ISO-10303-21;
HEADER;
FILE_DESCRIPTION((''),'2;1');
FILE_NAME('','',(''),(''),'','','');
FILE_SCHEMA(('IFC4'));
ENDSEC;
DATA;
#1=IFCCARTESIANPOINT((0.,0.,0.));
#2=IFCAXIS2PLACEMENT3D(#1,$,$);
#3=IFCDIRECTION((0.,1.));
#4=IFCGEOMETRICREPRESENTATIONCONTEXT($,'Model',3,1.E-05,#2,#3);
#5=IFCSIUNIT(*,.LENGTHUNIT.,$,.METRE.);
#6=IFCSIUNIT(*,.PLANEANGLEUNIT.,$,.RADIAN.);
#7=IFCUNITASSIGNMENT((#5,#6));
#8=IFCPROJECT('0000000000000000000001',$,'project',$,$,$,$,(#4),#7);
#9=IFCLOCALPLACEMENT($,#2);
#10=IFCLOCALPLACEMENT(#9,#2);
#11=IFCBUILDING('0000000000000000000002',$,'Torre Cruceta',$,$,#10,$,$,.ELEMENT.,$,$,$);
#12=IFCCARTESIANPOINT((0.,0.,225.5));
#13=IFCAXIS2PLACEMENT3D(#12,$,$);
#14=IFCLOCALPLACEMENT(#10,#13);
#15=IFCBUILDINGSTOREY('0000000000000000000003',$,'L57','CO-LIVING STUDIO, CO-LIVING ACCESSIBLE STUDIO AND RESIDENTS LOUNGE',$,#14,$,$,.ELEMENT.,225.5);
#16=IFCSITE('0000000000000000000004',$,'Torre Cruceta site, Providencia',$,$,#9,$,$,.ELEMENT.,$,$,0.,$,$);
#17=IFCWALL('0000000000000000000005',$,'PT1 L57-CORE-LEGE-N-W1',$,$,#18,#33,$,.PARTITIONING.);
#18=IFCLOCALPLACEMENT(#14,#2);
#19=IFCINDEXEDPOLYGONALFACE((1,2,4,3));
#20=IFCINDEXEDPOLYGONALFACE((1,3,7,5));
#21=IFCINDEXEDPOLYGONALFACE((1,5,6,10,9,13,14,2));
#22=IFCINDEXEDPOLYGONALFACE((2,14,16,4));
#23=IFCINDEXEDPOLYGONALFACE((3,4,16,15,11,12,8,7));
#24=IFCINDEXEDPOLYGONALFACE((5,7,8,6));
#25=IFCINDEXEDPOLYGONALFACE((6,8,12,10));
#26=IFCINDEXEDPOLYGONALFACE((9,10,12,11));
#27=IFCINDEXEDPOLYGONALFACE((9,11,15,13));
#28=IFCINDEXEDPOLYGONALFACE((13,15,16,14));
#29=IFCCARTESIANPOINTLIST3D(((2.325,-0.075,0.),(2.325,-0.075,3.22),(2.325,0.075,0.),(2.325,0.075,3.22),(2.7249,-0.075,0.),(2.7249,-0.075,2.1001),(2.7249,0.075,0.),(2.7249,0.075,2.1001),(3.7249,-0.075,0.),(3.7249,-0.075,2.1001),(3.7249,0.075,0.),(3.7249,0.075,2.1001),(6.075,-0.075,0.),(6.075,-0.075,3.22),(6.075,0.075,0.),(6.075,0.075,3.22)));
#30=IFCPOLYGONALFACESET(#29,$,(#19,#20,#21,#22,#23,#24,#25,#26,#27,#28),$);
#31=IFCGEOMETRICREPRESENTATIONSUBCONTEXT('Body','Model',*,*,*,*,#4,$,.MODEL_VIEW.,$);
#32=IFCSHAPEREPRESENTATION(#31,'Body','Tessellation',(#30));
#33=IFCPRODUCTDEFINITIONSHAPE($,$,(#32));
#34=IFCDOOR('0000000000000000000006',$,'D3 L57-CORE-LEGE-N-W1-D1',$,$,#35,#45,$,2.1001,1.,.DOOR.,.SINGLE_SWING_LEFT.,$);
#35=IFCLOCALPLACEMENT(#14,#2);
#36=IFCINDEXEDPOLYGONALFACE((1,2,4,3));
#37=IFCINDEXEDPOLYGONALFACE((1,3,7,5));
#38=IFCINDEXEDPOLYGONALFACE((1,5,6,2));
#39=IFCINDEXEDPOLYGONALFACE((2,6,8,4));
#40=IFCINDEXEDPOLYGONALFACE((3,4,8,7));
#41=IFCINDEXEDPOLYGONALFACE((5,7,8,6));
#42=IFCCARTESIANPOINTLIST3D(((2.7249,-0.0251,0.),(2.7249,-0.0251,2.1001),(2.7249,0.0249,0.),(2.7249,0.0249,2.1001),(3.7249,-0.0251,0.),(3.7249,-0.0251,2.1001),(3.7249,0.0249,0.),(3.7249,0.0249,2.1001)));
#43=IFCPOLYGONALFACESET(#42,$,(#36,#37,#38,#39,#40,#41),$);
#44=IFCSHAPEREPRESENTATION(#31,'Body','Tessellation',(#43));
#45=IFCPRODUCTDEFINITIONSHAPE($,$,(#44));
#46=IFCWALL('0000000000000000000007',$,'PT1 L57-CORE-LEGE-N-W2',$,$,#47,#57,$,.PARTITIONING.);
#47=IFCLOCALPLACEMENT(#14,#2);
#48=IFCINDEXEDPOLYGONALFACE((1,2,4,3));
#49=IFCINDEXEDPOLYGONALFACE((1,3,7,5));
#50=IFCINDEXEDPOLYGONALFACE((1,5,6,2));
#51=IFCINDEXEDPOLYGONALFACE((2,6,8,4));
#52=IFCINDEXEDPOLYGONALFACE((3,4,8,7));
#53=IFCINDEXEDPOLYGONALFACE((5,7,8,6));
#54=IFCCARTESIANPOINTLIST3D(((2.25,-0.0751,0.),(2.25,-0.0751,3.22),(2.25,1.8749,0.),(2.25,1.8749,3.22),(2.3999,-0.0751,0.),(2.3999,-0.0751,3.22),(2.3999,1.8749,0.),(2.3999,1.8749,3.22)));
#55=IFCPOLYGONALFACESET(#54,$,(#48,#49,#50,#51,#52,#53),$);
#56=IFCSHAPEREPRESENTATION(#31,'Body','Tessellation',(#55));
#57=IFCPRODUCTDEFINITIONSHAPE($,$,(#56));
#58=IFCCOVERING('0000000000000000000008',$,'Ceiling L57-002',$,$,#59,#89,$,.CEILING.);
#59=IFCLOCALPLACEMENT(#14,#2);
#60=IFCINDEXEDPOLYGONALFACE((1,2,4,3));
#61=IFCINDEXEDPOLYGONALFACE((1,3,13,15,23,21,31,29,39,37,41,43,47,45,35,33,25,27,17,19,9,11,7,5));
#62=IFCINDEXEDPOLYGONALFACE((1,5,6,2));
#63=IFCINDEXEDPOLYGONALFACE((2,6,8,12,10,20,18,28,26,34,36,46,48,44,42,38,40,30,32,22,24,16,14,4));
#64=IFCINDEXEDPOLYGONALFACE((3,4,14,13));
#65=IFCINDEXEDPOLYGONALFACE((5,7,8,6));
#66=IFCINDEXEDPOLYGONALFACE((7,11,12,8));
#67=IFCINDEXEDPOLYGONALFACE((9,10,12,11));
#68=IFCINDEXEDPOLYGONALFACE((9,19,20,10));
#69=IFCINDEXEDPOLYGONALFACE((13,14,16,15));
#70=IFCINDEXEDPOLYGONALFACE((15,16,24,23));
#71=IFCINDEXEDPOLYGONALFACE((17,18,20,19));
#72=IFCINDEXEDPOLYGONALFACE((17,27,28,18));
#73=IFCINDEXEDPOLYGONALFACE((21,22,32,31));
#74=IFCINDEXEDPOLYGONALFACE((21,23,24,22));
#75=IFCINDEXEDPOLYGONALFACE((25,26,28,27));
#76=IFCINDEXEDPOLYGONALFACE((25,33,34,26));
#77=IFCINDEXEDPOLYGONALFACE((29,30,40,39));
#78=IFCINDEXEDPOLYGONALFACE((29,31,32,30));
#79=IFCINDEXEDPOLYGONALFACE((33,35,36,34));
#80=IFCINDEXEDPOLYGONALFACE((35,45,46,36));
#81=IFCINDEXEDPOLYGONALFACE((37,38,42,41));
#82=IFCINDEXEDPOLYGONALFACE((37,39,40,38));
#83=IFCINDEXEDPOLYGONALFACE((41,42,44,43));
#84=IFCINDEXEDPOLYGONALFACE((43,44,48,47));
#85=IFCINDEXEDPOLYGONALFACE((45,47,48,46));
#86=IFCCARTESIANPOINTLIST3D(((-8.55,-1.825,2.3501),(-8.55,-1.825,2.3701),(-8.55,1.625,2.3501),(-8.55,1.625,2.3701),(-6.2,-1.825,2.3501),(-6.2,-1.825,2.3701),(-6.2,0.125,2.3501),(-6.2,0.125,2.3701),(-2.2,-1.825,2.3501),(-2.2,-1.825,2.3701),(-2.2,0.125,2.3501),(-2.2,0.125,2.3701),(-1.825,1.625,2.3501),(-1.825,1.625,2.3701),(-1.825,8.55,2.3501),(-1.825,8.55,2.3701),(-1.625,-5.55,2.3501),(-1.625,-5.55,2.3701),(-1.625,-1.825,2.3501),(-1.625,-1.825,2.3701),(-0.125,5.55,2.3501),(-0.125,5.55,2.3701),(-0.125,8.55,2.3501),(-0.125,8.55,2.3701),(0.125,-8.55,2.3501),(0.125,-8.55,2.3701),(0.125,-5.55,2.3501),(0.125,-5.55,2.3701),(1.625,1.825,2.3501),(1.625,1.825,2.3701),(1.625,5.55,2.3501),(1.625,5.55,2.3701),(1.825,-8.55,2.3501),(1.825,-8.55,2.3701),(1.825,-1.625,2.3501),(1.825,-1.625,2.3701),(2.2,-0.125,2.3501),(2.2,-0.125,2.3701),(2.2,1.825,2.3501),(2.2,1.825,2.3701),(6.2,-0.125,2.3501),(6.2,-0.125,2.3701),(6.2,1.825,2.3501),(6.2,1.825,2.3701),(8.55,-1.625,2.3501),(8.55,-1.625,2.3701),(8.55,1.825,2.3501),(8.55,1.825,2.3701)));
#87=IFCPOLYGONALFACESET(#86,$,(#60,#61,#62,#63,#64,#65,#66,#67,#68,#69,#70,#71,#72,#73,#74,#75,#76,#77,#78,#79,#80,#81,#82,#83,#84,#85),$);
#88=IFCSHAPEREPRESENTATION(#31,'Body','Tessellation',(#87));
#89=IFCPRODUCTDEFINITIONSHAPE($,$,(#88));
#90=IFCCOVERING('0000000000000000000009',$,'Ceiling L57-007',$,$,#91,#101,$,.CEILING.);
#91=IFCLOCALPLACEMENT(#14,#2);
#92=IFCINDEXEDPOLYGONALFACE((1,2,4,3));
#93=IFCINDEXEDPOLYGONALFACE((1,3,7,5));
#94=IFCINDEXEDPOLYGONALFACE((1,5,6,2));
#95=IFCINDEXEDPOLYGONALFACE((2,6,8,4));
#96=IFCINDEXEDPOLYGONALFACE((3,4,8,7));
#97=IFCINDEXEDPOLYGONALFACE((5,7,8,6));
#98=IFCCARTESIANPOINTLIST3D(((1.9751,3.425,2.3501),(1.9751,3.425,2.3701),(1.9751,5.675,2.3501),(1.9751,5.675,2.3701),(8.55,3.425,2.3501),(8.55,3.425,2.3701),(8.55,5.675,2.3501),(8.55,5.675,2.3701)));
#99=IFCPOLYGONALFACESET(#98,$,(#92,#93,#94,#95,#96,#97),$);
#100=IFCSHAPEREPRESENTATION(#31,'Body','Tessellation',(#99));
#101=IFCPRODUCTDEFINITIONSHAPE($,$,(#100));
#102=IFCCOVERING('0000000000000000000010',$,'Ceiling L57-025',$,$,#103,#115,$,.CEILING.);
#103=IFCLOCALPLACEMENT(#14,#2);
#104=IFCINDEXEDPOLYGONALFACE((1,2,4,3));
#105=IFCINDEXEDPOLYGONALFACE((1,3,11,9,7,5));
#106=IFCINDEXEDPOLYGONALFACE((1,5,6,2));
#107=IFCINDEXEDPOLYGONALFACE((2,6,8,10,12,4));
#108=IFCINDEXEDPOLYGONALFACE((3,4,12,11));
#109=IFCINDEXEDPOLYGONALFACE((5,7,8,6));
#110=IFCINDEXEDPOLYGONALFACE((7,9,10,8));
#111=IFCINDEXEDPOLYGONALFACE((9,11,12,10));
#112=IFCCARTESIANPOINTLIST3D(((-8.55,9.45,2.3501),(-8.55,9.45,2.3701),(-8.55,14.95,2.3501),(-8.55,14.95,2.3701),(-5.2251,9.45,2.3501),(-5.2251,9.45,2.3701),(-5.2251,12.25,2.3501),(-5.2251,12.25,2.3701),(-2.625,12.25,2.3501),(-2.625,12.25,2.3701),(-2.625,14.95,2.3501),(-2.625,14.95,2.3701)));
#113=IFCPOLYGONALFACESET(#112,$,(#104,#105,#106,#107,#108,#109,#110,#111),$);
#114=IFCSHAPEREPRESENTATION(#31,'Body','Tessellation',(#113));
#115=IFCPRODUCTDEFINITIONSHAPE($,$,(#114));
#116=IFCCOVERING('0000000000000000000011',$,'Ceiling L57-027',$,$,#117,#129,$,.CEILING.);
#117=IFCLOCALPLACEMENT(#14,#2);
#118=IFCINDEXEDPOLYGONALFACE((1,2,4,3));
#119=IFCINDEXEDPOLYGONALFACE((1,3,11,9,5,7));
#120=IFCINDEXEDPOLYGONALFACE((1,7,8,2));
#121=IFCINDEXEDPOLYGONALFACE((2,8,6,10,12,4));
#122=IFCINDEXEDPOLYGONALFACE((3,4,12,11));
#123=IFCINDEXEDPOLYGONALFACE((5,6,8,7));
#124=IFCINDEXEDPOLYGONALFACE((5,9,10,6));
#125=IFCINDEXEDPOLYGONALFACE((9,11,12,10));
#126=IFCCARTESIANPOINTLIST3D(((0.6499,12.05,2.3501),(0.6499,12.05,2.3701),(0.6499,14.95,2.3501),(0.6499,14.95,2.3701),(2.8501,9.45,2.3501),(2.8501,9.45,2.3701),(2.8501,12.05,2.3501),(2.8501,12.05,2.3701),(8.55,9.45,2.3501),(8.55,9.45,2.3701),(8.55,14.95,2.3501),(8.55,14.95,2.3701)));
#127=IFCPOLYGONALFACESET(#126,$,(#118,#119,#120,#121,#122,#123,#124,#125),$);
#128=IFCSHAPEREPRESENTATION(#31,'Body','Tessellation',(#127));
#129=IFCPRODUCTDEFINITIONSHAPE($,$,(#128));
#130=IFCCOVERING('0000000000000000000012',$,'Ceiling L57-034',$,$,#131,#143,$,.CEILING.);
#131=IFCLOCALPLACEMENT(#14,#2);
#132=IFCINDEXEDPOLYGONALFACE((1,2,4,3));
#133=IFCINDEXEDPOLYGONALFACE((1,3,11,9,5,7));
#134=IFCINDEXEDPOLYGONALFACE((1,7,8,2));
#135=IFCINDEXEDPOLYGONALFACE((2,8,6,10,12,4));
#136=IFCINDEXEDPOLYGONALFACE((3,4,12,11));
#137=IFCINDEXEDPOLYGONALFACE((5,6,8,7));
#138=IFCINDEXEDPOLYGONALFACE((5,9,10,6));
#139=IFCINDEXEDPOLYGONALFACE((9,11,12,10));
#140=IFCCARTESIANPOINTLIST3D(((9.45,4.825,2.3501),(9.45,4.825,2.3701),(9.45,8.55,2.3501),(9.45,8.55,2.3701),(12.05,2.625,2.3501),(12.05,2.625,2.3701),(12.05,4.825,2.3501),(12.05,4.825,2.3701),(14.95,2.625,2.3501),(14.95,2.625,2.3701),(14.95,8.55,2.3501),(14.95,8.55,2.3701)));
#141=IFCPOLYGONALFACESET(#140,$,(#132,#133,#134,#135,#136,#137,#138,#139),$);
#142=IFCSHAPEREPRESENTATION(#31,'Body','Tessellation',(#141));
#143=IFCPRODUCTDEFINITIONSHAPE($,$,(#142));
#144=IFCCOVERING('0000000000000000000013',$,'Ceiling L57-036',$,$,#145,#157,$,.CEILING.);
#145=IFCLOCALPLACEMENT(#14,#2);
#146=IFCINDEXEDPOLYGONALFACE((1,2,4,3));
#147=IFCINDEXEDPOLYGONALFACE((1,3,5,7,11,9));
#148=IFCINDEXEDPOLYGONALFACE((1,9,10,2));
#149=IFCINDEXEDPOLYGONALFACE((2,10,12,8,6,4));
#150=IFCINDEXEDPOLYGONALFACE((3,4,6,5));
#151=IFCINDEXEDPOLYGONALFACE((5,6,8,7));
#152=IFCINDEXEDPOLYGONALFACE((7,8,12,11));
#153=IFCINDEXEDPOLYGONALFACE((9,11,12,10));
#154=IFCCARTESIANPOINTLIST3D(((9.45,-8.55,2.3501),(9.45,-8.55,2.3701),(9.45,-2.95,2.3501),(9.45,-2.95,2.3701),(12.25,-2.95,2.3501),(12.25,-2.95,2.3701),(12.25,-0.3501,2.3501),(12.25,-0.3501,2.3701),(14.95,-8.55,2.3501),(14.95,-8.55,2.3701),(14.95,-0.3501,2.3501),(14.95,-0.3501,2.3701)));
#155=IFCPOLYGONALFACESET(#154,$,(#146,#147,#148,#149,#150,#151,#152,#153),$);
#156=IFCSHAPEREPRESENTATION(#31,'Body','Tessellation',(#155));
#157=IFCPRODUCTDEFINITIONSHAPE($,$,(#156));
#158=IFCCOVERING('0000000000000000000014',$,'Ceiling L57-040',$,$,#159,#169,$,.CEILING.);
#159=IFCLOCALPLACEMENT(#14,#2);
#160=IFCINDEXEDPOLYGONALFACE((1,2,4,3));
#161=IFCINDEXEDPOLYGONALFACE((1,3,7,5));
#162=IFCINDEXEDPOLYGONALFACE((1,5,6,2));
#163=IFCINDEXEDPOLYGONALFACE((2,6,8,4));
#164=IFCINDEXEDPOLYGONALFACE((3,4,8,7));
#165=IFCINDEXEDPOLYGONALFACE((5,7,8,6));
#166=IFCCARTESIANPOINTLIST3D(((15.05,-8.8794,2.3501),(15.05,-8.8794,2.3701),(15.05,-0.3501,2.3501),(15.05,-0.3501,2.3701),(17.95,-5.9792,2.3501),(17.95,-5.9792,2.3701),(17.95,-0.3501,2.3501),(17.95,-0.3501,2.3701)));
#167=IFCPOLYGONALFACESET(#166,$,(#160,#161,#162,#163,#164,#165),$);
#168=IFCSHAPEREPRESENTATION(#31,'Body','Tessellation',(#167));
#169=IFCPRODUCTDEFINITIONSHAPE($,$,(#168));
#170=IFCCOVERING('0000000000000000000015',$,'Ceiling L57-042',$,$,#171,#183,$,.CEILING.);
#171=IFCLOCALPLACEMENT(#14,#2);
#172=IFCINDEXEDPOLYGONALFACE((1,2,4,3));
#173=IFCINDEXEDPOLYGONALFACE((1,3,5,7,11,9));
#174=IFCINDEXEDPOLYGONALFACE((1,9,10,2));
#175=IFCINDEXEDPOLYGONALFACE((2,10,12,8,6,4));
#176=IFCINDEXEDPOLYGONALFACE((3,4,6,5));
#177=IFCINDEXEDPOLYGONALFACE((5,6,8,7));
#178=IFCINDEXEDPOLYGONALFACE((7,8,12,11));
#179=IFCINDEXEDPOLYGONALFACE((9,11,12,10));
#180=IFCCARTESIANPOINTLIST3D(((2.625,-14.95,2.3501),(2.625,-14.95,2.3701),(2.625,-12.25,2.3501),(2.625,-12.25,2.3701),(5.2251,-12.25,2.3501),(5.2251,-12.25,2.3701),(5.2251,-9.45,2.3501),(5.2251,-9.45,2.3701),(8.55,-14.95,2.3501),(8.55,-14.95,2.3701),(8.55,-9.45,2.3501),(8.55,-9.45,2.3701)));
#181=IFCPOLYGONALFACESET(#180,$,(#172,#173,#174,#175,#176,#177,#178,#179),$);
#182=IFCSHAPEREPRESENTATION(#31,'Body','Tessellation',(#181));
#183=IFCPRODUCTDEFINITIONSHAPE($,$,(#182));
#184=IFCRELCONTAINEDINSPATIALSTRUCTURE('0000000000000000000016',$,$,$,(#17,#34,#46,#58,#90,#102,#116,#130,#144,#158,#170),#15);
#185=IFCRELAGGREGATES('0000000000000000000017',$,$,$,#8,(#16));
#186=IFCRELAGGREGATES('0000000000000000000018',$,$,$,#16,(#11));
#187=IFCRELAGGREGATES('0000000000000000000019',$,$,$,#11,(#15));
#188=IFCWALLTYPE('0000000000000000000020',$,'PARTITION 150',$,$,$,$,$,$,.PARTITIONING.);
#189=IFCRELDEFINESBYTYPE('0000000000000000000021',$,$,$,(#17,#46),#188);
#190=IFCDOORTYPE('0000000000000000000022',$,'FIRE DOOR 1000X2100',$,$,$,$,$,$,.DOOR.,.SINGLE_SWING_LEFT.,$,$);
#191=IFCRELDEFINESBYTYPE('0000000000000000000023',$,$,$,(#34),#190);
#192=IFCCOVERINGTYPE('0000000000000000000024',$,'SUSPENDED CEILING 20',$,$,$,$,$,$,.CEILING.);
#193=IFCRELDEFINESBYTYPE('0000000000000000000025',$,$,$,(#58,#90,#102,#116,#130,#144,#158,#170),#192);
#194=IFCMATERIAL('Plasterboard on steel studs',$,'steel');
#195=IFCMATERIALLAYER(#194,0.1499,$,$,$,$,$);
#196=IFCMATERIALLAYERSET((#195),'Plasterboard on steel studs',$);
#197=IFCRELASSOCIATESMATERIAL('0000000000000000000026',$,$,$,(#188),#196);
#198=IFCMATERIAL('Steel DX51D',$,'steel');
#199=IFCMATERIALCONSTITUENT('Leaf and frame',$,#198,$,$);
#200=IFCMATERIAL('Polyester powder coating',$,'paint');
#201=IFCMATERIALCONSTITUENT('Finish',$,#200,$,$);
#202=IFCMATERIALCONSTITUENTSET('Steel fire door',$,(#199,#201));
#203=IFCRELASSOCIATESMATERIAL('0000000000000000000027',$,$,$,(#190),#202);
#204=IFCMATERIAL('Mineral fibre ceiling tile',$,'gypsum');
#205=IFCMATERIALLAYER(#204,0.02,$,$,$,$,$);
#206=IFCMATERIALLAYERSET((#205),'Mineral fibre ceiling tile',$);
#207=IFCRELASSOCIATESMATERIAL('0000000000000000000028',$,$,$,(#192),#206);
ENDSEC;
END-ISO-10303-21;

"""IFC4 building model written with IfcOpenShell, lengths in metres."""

from ifc_helpers import new_model, si_unit, direction, frame, frame_2d, origin, place, context, subcontext, project, spatial, polyline, rectangle, outline, extrude, material, layer, layer_set, constituent, constituent_set, type_object, element, fill, save


model = new_model("IFC4")

# Units and contexts
model_context = context("Model", 3, precision=1e-05, world=origin(), true_north=direction((0.0, 1.0)))
body_context = subcontext(model_context, "Body", "Model", "MODEL_VIEW")
ifc_project = project(units=[si_unit("LENGTHUNIT", "METRE"), si_unit("PLANEANGLEUNIT", "RADIAN")], contexts=[model_context])

# Site, building, storey
site_placement = place(None, origin())
site = spatial("IfcSite", under=ifc_project, at=site_placement, Name="Torre Cruceta site, Providencia", CompositionType="ELEMENT", RefElevation=0.0)
building_placement = place(site_placement, origin())
building = spatial("IfcBuilding", under=site, at=building_placement, Name="Torre Cruceta", CompositionType="ELEMENT")
storey_placement = place(building_placement, frame((0.0, 0.0, 225.5)))
storey = spatial("IfcBuildingStorey", under=building, at=storey_placement, Name="L57", Description="CO-LIVING STUDIO, CO-LIVING ACCESSIBLE STUDIO AND RESIDENTS LOUNGE", CompositionType="ELEMENT", Elevation=225.5)

# Wall, opening, door
ifc_material_1 = material(Name="Plasterboard on steel studs", Category="steel")
ifc_layer_1 = layer(ifc_material_1, 0.1499)
ifc_layer_set_1 = layer_set([ifc_layer_1], Name="Plasterboard on steel studs")
wall_type_1 = type_object("IfcWallType", Name="PARTITION 150", PredefinedType="PARTITIONING", material=ifc_layer_set_1)
wall_1_placement = place(storey_placement, frame((2.325, 0.0, 0.0), z_axis=(0.0, 0.0, 1.0), x_axis=(1.0, 0.0, 0.0)))
wall_1 = element("IfcWall", 1, at=wall_1_placement, inside=storey, type_object=wall_type_1, Name="PT1 L57-CORE-LEGE-N-W1", PredefinedType="PARTITIONING", context=body_context, shape_type="SweptSolid", body=[
    extrude(rectangle(XDim=3.75, YDim=0.1499, at=frame_2d((1.875, 0.0))), origin(), (0.0, 0.0, 1.0), 3.22),
])
opening_1_placement = place(wall_1_placement, frame((0.3999, 0.0, 0.0)))
opening_1 = element("IfcOpeningElement", 2, at=opening_1_placement, cuts=wall_1, PredefinedType="OPENING", context=body_context, shape_type="SweptSolid", body=[
    extrude(rectangle(XDim=1.0, YDim=2.1001, at=frame_2d((0.5, 1.05))), frame((0.0, 0.085, 0.0), z_axis=(0.0, -1.0, 0.0), x_axis=(1.0, 0.0, 0.0)), (0.0, 0.0, 1.0), 0.1699),
])
ifc_material_2 = material(Name="Steel DX51D", Category="steel")
ifc_constituent_1 = constituent(ifc_material_2, Name="Leaf and frame")
ifc_material_3 = material(Name="Polyester powder coating", Category="paint")
ifc_constituent_2 = constituent(ifc_material_3, Name="Finish")
ifc_constituent_set_1 = constituent_set(constituents=[ifc_constituent_1, ifc_constituent_2], Name="Steel fire door")
door_type_1 = type_object("IfcDoorType", Name="FIRE DOOR 1000X2100", OperationType="SINGLE_SWING_LEFT", PredefinedType="DOOR", material=ifc_constituent_set_1)
door_1_placement = place(opening_1_placement, origin())
door_1 = element("IfcDoor", 3, at=door_1_placement, inside=storey, type_object=door_type_1, Name="D3 L57-CORE-LEGE-N-W1-D1", OperationType="SINGLE_SWING_LEFT", OverallHeight=2.1001, OverallWidth=1.0, PredefinedType="DOOR", context=body_context, shape_type="SweptSolid", body=[
    extrude(rectangle(XDim=1.0, YDim=2.1001, at=frame_2d((0.5, 1.05))), frame((0.0, 0.0249, 0.0), z_axis=(0.0, -1.0, 0.0), x_axis=(1.0, 0.0, 0.0)), (0.0, 0.0, 1.0), 0.05),
])
fill(opening_1, door_1)

# Wall
wall_2_placement = place(storey_placement, frame((2.325, 1.875, 0.0), z_axis=(0.0, 0.0, 1.0), x_axis=(0.0, -1.0, 0.0)))
element("IfcWall", 4, at=wall_2_placement, inside=storey, type_object=wall_type_1, Name="PT1 L57-CORE-LEGE-N-W2", PredefinedType="PARTITIONING", context=body_context, shape_type="SweptSolid", body=[
    extrude(rectangle(XDim=1.95, YDim=0.1499, at=frame_2d((0.9751, 0.0))), origin(), (0.0, 0.0, 1.0), 3.22),
])

# Coverings
ifc_material_4 = material(Name="Mineral fibre ceiling tile", Category="gypsum")
ifc_layer_2 = layer(ifc_material_4, 0.02)
ifc_layer_set_2 = layer_set([ifc_layer_2], Name="Mineral fibre ceiling tile")
covering_type = type_object("IfcCoveringType", Name="SUSPENDED CEILING 20", PredefinedType="CEILING", material=ifc_layer_set_2)
covering_1_placement = place(storey_placement, frame((0.0, 0.0, 2.3501)))
element("IfcCovering", 5, at=covering_1_placement, inside=storey, type_object=covering_type, Name="Ceiling L57-002", PredefinedType="CEILING", context=body_context, shape_type="SweptSolid", body=[
    extrude(outline(polyline([(1.825, -8.55), (0.125, -8.55), (0.125, -5.55), (-1.625, -5.55), (-1.625, -1.825), (-2.2, -1.825), (-2.2, 0.125), (-6.2, 0.125), (-6.2, -1.825), (-8.55, -1.825), (-8.55, 1.625), (-1.825, 1.625), (-1.825, 8.55), (-0.125, 8.55), (-0.125, 5.55), (1.625, 5.55), (1.625, 1.825), (2.2, 1.825), (2.2, -0.125), (6.2, -0.125), (6.2, 1.825), (8.55, 1.825), (8.55, -1.625), (1.825, -1.625), (1.825, -8.55)])), origin(), (0.0, 0.0, 1.0), 0.02),
])
covering_2_placement = place(storey_placement, frame((0.0, 0.0, 2.3501)))
element("IfcCovering", 6, at=covering_2_placement, inside=storey, type_object=covering_type, Name="Ceiling L57-007", PredefinedType="CEILING", context=body_context, shape_type="SweptSolid", body=[
    extrude(outline(polyline([(1.9751, 3.425), (1.9751, 5.675), (8.55, 5.675), (8.55, 3.425), (1.9751, 3.425)])), origin(), (0.0, 0.0, 1.0), 0.02),
])
covering_3_placement = place(storey_placement, frame((0.0, 0.0, 2.3501)))
element("IfcCovering", 7, at=covering_3_placement, inside=storey, type_object=covering_type, Name="Ceiling L57-025", PredefinedType="CEILING", context=body_context, shape_type="SweptSolid", body=[
    extrude(outline(polyline([(-8.55, 9.45), (-8.55, 14.95), (-2.625, 14.95), (-2.625, 12.25), (-5.2251, 12.25), (-5.2251, 9.45), (-8.55, 9.45)])), origin(), (0.0, 0.0, 1.0), 0.02),
])
covering_4_placement = place(storey_placement, frame((0.0, 0.0, 2.3501)))
element("IfcCovering", 8, at=covering_4_placement, inside=storey, type_object=covering_type, Name="Ceiling L57-027", PredefinedType="CEILING", context=body_context, shape_type="SweptSolid", body=[
    extrude(outline(polyline([(0.6499, 14.95), (8.55, 14.95), (8.55, 9.45), (2.8501, 9.45), (2.8501, 12.05), (0.6499, 12.05), (0.6499, 14.95)])), origin(), (0.0, 0.0, 1.0), 0.02),
])
covering_5_placement = place(storey_placement, frame((0.0, 0.0, 2.3501)))
element("IfcCovering", 9, at=covering_5_placement, inside=storey, type_object=covering_type, Name="Ceiling L57-034", PredefinedType="CEILING", context=body_context, shape_type="SweptSolid", body=[
    extrude(outline(polyline([(9.45, 8.55), (14.95, 8.55), (14.95, 2.625), (12.05, 2.625), (12.05, 4.825), (9.45, 4.825), (9.45, 8.55)])), origin(), (0.0, 0.0, 1.0), 0.02),
])
covering_6_placement = place(storey_placement, frame((0.0, 0.0, 2.3501)))
element("IfcCovering", 10, at=covering_6_placement, inside=storey, type_object=covering_type, Name="Ceiling L57-036", PredefinedType="CEILING", context=body_context, shape_type="SweptSolid", body=[
    extrude(outline(polyline([(14.95, -0.3501), (14.95, -8.55), (9.45, -8.55), (9.45, -2.95), (12.25, -2.95), (12.25, -0.3501), (14.95, -0.3501)])), origin(), (0.0, 0.0, 1.0), 0.02),
])
covering_7_placement = place(storey_placement, frame((0.0, 0.0, 2.3501)))
element("IfcCovering", 11, at=covering_7_placement, inside=storey, type_object=covering_type, Name="Ceiling L57-040", PredefinedType="CEILING", context=body_context, shape_type="SweptSolid", body=[
    extrude(outline(polyline([(15.05, -8.8794), (15.05, -0.3501), (17.95, -0.3501), (17.95, -5.9792), (15.05, -8.8794)])), origin(), (0.0, 0.0, 1.0), 0.02),
])
covering_8_placement = place(storey_placement, frame((0.0, 0.0, 2.3501)))
element("IfcCovering", 12, at=covering_8_placement, inside=storey, type_object=covering_type, Name="Ceiling L57-042", PredefinedType="CEILING", context=body_context, shape_type="SweptSolid", body=[
    extrude(outline(polyline([(8.55, -9.45), (8.55, -14.95), (2.625, -14.95), (2.625, -12.25), (5.2251, -12.25), (5.2251, -9.45), (8.55, -9.45)])), origin(), (0.0, 0.0, 1.0), 0.02),
])

save(model, "model.ifc")
